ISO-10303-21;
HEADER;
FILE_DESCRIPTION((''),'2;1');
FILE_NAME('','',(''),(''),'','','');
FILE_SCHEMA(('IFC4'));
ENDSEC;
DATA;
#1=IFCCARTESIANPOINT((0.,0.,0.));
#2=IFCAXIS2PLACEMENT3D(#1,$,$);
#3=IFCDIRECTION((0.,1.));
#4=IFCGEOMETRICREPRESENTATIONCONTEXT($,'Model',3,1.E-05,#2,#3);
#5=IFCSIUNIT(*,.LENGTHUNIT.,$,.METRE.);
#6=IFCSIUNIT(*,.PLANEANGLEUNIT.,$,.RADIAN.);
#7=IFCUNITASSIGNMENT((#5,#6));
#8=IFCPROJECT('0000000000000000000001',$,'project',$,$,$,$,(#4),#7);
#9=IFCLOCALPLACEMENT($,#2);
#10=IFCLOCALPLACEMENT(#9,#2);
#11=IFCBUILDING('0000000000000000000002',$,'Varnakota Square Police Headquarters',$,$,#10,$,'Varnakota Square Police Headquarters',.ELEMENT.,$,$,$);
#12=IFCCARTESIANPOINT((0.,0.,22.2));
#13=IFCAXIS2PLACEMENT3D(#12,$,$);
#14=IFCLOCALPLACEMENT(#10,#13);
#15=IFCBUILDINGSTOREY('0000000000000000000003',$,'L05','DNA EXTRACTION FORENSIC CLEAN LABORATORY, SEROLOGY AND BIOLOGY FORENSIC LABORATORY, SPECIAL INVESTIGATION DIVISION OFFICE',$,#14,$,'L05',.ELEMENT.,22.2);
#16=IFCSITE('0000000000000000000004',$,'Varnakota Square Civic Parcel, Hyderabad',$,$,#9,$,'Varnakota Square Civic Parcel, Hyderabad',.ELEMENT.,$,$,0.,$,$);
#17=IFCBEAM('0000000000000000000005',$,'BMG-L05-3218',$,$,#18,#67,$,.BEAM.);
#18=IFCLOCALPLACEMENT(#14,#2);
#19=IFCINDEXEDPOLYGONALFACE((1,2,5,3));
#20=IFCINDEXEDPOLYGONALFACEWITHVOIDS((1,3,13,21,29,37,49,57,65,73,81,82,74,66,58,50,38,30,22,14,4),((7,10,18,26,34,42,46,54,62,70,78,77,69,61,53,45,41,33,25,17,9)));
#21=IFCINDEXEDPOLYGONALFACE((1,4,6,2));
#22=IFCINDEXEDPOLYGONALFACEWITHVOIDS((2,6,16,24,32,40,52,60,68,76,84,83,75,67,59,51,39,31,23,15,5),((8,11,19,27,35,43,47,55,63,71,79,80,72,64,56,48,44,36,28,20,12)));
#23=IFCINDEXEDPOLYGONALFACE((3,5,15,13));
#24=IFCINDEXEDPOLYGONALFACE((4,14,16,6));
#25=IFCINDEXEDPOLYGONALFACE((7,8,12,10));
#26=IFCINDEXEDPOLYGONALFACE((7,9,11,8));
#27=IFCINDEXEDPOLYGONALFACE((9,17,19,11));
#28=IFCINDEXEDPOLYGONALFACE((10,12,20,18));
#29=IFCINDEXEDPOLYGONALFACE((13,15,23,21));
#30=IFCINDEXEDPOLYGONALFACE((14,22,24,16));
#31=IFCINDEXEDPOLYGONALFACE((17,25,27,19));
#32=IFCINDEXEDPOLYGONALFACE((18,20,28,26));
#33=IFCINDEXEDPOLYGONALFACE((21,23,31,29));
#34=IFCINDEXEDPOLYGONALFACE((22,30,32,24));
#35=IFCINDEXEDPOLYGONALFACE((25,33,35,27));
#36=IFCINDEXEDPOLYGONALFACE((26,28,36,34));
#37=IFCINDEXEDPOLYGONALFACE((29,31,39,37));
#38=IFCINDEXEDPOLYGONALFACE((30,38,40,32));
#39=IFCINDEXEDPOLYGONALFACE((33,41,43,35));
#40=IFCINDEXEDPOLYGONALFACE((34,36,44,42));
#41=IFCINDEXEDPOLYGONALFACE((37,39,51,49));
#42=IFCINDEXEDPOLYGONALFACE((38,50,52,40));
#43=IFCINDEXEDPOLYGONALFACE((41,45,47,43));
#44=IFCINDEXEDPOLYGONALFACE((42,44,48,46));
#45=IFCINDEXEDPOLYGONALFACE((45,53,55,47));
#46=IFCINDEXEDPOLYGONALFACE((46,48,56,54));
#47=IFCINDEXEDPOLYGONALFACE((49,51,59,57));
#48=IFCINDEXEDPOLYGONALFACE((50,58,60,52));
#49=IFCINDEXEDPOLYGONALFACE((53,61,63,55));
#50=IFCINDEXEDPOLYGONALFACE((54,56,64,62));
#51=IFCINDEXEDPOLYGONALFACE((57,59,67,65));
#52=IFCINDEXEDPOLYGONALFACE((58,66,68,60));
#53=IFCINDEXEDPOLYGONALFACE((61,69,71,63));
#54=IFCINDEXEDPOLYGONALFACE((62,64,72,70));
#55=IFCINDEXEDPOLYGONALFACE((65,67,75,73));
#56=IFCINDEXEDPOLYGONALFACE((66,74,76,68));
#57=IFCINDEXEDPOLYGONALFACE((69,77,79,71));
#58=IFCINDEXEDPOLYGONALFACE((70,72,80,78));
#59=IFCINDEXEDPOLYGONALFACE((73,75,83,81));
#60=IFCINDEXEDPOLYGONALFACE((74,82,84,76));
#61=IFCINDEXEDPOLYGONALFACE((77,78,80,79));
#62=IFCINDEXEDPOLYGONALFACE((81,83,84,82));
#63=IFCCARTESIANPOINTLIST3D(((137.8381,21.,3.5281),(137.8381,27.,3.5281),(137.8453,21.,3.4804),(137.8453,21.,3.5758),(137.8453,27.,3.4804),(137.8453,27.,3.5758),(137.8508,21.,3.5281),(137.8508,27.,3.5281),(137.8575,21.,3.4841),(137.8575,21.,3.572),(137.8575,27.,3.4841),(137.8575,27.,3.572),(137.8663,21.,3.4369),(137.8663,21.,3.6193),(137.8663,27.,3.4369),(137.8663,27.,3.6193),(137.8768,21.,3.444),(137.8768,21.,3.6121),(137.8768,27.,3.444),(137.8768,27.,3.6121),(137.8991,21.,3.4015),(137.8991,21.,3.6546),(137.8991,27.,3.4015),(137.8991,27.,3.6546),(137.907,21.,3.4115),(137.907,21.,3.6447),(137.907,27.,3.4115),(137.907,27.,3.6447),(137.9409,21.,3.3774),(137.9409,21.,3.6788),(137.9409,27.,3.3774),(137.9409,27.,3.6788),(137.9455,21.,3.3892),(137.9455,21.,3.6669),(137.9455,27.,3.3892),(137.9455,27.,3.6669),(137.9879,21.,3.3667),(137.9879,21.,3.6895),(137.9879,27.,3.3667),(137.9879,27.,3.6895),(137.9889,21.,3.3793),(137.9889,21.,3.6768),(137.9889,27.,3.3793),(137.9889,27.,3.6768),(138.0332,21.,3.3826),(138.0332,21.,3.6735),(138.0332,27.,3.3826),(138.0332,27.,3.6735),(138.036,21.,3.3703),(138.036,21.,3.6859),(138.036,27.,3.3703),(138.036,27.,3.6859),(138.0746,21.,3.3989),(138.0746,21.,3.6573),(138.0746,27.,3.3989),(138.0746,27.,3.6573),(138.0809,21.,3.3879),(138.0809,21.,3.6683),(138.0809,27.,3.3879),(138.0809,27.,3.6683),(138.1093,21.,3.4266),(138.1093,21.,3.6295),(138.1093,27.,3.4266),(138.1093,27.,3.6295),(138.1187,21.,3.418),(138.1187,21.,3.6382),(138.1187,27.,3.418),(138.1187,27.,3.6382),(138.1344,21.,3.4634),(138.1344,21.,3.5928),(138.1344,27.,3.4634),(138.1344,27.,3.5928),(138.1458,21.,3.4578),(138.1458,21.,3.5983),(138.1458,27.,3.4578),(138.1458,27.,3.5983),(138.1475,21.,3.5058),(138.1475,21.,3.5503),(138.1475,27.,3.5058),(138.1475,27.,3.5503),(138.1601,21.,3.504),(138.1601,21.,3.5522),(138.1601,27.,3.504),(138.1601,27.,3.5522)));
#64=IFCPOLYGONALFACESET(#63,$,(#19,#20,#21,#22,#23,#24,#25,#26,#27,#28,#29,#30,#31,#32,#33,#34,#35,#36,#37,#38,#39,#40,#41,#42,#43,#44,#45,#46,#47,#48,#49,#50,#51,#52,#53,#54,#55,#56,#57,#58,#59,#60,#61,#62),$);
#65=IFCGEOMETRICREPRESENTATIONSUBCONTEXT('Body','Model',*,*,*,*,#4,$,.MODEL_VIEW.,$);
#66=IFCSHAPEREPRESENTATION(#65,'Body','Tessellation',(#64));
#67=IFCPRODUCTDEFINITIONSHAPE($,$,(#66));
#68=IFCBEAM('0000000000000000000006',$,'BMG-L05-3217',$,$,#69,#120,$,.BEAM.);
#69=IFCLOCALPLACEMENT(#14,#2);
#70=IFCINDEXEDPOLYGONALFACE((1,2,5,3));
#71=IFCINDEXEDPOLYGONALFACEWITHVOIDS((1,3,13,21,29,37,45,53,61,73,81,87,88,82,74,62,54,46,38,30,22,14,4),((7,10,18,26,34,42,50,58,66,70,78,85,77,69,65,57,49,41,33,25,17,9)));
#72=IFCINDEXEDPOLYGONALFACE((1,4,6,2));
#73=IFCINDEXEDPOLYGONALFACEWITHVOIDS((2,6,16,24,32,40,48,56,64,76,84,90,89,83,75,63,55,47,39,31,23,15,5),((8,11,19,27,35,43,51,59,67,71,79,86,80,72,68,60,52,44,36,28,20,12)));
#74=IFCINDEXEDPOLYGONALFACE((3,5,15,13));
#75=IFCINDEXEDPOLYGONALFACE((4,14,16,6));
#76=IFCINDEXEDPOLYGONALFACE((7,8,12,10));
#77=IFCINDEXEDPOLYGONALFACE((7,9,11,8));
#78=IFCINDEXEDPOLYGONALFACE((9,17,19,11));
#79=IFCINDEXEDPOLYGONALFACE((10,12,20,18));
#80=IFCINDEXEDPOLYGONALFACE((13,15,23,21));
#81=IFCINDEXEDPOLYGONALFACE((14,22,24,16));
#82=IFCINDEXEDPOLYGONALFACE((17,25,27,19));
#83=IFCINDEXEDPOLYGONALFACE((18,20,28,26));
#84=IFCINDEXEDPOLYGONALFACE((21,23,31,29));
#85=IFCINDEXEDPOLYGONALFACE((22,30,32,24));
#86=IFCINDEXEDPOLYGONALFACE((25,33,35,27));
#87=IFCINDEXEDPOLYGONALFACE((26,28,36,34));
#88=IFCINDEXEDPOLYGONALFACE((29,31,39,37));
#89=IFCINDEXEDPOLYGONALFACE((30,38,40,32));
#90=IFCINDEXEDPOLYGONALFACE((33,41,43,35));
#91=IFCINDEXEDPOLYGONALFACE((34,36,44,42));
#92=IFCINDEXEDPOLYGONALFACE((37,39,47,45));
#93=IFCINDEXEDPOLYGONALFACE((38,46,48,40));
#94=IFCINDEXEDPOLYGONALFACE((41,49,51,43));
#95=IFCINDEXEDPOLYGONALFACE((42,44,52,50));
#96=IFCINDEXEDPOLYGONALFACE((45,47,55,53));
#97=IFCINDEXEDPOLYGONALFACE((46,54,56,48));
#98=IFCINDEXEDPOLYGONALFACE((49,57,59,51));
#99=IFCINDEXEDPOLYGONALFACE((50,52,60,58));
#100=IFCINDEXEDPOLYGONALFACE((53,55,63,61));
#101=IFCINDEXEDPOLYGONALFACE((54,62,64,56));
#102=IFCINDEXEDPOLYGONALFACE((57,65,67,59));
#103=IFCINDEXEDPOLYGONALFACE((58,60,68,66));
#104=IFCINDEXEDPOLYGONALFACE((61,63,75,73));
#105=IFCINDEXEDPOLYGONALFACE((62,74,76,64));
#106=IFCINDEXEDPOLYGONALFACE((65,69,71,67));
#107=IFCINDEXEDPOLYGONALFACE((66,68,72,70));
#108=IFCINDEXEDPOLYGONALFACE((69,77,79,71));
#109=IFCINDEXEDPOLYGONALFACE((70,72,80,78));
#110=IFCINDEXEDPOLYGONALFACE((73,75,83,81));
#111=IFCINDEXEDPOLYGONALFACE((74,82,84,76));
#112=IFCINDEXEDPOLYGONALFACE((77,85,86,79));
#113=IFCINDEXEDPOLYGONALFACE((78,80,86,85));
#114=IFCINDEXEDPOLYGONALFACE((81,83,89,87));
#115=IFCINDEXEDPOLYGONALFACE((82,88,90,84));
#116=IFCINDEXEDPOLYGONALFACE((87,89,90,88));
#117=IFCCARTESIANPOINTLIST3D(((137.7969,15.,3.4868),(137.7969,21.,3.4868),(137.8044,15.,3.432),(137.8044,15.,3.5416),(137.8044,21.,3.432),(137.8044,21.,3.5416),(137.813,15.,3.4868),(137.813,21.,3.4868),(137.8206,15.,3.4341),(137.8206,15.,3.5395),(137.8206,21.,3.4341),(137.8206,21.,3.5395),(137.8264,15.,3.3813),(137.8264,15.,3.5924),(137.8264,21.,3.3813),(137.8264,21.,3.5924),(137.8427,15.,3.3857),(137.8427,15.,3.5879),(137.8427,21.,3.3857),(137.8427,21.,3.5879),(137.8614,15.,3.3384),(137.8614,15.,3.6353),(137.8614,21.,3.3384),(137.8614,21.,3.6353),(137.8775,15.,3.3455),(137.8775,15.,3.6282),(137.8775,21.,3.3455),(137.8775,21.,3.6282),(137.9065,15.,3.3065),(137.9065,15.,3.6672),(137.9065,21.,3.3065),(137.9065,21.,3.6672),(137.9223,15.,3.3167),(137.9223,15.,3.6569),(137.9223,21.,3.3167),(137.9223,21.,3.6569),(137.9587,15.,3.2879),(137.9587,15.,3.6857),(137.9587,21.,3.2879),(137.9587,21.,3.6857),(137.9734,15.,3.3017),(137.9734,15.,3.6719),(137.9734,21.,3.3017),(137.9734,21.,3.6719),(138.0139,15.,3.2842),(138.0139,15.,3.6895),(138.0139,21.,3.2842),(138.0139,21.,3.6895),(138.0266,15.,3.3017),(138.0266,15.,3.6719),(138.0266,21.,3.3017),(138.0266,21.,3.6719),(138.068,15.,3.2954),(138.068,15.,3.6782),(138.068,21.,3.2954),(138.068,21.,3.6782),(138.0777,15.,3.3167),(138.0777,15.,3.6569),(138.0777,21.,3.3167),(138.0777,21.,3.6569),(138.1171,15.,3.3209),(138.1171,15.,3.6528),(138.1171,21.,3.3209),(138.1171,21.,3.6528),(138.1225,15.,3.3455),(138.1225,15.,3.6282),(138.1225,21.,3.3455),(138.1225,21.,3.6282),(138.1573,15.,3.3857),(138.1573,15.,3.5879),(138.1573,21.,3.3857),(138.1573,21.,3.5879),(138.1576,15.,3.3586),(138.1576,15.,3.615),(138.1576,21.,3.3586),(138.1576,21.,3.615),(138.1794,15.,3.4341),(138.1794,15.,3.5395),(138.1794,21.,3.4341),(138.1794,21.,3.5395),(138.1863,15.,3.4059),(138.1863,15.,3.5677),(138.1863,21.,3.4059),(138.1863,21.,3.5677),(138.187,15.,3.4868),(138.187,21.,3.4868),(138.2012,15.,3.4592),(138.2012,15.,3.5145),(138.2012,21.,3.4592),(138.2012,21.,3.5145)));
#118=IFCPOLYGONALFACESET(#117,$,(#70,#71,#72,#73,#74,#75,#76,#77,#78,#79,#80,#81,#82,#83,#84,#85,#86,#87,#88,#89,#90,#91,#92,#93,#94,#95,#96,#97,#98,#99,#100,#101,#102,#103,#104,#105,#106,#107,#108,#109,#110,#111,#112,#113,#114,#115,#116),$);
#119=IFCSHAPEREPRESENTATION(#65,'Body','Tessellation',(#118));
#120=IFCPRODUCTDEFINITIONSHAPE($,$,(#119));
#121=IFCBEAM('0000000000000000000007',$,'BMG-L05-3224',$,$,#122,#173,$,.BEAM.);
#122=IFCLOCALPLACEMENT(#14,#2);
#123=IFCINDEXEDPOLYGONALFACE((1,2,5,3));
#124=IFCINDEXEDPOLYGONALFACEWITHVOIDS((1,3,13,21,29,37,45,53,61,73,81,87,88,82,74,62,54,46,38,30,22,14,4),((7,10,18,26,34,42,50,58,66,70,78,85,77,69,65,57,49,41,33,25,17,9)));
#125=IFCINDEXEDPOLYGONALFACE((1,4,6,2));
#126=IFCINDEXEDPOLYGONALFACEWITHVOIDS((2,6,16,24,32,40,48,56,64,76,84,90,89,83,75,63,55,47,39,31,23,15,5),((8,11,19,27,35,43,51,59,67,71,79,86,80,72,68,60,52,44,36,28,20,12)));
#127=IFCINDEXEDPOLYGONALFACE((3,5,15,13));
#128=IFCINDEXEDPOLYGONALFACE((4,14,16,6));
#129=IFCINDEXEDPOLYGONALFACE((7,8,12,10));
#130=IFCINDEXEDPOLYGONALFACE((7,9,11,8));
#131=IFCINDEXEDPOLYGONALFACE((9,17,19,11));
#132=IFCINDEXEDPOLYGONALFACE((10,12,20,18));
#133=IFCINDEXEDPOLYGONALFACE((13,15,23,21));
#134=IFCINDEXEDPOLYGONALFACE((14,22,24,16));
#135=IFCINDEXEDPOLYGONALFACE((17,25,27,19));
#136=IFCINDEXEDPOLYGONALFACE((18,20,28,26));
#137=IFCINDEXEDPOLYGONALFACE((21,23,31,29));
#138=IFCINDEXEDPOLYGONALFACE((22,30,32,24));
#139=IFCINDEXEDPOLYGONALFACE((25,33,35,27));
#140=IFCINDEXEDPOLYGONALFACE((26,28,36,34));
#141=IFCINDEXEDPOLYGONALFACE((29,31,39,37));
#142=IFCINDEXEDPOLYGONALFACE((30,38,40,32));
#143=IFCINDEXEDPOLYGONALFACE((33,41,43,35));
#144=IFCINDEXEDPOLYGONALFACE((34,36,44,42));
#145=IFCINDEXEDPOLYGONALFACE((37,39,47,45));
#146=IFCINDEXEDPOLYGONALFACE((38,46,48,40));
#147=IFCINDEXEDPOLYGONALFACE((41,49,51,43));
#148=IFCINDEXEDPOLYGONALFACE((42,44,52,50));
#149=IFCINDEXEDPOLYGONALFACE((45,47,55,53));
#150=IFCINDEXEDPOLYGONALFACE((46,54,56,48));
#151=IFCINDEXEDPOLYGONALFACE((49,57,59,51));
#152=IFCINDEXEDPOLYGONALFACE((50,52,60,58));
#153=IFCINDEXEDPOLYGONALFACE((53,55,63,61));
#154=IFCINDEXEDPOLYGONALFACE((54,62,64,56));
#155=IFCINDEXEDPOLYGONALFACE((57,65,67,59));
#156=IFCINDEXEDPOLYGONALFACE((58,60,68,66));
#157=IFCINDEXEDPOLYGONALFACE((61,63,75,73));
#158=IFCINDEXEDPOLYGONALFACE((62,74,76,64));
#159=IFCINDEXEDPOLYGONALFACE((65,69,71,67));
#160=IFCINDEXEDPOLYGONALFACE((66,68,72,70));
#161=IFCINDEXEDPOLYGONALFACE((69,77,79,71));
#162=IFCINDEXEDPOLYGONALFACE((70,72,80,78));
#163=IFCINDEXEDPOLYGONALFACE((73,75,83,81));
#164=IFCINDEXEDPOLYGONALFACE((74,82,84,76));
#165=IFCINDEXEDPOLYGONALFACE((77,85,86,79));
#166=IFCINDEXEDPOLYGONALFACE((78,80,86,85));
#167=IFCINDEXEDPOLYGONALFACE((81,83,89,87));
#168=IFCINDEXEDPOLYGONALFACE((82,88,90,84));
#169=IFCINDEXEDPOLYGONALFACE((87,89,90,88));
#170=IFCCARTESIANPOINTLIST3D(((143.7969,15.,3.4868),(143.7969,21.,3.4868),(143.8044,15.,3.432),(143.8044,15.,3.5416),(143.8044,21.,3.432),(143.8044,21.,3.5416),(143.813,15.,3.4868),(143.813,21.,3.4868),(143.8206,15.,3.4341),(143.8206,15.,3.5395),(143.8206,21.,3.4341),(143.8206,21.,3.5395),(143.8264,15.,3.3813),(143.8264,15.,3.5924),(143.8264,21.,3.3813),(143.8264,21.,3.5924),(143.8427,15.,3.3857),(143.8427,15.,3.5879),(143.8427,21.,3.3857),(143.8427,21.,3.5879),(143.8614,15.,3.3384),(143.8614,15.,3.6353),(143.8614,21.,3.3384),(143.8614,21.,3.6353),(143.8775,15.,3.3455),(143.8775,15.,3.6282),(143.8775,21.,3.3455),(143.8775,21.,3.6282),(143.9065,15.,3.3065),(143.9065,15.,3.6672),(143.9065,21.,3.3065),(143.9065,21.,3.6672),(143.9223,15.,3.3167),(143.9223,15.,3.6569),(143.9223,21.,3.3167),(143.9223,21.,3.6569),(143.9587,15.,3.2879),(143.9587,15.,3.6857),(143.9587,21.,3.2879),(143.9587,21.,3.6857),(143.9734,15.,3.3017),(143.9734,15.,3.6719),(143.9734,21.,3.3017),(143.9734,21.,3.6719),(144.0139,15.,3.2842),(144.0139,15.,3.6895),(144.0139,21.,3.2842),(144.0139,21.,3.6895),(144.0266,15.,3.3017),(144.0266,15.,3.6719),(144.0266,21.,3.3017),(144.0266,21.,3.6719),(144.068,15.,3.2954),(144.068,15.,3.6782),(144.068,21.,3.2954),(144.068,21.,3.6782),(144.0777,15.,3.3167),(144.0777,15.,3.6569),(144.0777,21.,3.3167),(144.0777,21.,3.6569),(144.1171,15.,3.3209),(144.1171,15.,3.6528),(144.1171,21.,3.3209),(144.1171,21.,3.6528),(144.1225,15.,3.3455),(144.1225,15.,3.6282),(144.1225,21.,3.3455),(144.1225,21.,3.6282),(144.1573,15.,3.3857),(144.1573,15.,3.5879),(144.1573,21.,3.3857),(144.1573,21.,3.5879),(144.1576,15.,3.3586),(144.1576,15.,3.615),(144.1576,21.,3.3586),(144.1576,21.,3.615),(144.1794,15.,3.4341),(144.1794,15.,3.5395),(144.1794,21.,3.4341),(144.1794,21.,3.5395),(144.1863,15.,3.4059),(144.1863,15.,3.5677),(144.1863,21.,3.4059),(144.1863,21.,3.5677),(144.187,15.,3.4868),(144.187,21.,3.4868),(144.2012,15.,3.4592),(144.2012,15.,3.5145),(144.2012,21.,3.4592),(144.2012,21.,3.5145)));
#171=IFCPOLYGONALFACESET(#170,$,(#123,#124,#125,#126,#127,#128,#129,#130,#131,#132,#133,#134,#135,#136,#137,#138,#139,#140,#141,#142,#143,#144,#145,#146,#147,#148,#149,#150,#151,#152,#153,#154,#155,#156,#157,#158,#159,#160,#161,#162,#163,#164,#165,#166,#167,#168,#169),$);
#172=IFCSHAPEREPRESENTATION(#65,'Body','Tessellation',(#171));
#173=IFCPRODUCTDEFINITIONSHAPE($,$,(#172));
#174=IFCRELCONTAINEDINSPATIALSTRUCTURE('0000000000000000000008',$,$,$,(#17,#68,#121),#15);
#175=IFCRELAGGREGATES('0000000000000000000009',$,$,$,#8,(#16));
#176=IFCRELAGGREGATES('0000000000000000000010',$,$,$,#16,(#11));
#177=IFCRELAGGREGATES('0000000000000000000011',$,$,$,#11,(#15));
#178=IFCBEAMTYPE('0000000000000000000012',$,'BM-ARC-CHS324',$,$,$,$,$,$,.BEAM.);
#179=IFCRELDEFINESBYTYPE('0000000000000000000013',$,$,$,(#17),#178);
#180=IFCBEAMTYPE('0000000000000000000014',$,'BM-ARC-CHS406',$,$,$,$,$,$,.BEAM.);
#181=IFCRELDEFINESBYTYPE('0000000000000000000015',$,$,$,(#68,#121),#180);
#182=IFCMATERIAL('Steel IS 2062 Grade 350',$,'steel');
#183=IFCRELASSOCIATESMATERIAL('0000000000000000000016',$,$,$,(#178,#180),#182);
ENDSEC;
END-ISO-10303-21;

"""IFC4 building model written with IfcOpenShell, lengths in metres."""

from ifc_helpers import new_model, si_unit, direction, frame, origin, origin_2d, place, context, subcontext, project, spatial, hollow_circle, extrude, material, material_profile, profile_set, type_object, element, save


model = new_model("IFC4")

# Units and contexts
model_context = context("Model", 3, precision=1e-05, world=origin(), true_north=direction((0.0, 1.0)))
body_context = subcontext(model_context, "Body", "Model", "MODEL_VIEW")
ifc_project = project(units=[si_unit("LENGTHUNIT", "METRE"), si_unit("PLANEANGLEUNIT", "RADIAN")], contexts=[model_context])

# Site, building, storey
site_placement = place(None, origin())
site = spatial("IfcSite", under=ifc_project, at=site_placement, Name="Varnakota Square Civic Parcel, Hyderabad", LongName="Varnakota Square Civic Parcel, Hyderabad", CompositionType="ELEMENT", RefElevation=0.0)
building_placement = place(site_placement, origin())
building = spatial("IfcBuilding", under=site, at=building_placement, Name="Varnakota Square Police Headquarters", LongName="Varnakota Square Police Headquarters", CompositionType="ELEMENT")
storey_placement = place(building_placement, frame((0.0, 0.0, 22.2)))
storey = spatial("IfcBuildingStorey", under=building, at=storey_placement, Name="L05", Description="DNA EXTRACTION FORENSIC CLEAN LABORATORY, SEROLOGY AND BIOLOGY FORENSIC LABORATORY, SPECIAL INVESTIGATION DIVISION OFFICE", LongName="L05", CompositionType="ELEMENT", Elevation=22.2)

# Shared definitions
ifc_material_1 = material(Name="Steel IS 2062 Grade 350", Category="steel")

# Beams
ifc_material_profile_1 = material_profile(ifc_material_1, hollow_circle(Radius=0.1619, WallThickness=0.0127, at=origin_2d()), Name="CHS 323.9x12.7")
ifc_profile_set_1 = profile_set([ifc_material_profile_1], Name="Steel IS 2062 Grade 350")
beam_type_1 = type_object("IfcBeamType", Name="BM-ARC-CHS324", PredefinedType="BEAM", material=ifc_profile_set_1)
beam_1_placement = place(storey_placement, frame((138.0, 21.0, 3.5281), z_axis=(0.0, 1.0, 0.0), x_axis=(-1.0, 0.0, 0.0)))
element("IfcBeam", 1, at=beam_1_placement, inside=storey, type_object=beam_type_1, Name="BMG-L05-3218", PredefinedType="BEAM", context=body_context, shape_type="SweptSolid", body=[
    extrude(hollow_circle(Radius=0.1619, WallThickness=0.0127, at=origin_2d()), origin(), (0.0, 0.0, 1.0), 6.0),
])
ifc_material_profile_2 = material_profile(ifc_material_1, hollow_circle(Radius=0.2031, WallThickness=0.0161, at=origin_2d()), Name="CHS 406.4x16.0")
ifc_profile_set_2 = profile_set([ifc_material_profile_2], Name="Steel IS 2062 Grade 350")
beam_type_2 = type_object("IfcBeamType", Name="BM-ARC-CHS406", PredefinedType="BEAM", material=ifc_profile_set_2)
for number, where, z_axis, x_axis, name in (
    (2, (138.0, 15.0, 3.4868), (0.0, 1.0, 0.0), (-1.0, 0.0, 0.0), "BMG-L05-3217"),
    (3, (144.0, 15.0, 3.4868), (0.0, 1.0, 0.0), (-1.0, 0.0, 0.0), "BMG-L05-3224"),
):
    element("IfcBeam", number, at=place(storey_placement, frame(where, z_axis=z_axis, x_axis=x_axis)), inside=storey, type_object=beam_type_2, Name=name, PredefinedType="BEAM", context=body_context, shape_type="SweptSolid", body=[
        extrude(hollow_circle(Radius=0.2031, WallThickness=0.0161, at=origin_2d()), origin(), (0.0, 0.0, 1.0), 6.0),
    ])

save(model, "model.ifc")
